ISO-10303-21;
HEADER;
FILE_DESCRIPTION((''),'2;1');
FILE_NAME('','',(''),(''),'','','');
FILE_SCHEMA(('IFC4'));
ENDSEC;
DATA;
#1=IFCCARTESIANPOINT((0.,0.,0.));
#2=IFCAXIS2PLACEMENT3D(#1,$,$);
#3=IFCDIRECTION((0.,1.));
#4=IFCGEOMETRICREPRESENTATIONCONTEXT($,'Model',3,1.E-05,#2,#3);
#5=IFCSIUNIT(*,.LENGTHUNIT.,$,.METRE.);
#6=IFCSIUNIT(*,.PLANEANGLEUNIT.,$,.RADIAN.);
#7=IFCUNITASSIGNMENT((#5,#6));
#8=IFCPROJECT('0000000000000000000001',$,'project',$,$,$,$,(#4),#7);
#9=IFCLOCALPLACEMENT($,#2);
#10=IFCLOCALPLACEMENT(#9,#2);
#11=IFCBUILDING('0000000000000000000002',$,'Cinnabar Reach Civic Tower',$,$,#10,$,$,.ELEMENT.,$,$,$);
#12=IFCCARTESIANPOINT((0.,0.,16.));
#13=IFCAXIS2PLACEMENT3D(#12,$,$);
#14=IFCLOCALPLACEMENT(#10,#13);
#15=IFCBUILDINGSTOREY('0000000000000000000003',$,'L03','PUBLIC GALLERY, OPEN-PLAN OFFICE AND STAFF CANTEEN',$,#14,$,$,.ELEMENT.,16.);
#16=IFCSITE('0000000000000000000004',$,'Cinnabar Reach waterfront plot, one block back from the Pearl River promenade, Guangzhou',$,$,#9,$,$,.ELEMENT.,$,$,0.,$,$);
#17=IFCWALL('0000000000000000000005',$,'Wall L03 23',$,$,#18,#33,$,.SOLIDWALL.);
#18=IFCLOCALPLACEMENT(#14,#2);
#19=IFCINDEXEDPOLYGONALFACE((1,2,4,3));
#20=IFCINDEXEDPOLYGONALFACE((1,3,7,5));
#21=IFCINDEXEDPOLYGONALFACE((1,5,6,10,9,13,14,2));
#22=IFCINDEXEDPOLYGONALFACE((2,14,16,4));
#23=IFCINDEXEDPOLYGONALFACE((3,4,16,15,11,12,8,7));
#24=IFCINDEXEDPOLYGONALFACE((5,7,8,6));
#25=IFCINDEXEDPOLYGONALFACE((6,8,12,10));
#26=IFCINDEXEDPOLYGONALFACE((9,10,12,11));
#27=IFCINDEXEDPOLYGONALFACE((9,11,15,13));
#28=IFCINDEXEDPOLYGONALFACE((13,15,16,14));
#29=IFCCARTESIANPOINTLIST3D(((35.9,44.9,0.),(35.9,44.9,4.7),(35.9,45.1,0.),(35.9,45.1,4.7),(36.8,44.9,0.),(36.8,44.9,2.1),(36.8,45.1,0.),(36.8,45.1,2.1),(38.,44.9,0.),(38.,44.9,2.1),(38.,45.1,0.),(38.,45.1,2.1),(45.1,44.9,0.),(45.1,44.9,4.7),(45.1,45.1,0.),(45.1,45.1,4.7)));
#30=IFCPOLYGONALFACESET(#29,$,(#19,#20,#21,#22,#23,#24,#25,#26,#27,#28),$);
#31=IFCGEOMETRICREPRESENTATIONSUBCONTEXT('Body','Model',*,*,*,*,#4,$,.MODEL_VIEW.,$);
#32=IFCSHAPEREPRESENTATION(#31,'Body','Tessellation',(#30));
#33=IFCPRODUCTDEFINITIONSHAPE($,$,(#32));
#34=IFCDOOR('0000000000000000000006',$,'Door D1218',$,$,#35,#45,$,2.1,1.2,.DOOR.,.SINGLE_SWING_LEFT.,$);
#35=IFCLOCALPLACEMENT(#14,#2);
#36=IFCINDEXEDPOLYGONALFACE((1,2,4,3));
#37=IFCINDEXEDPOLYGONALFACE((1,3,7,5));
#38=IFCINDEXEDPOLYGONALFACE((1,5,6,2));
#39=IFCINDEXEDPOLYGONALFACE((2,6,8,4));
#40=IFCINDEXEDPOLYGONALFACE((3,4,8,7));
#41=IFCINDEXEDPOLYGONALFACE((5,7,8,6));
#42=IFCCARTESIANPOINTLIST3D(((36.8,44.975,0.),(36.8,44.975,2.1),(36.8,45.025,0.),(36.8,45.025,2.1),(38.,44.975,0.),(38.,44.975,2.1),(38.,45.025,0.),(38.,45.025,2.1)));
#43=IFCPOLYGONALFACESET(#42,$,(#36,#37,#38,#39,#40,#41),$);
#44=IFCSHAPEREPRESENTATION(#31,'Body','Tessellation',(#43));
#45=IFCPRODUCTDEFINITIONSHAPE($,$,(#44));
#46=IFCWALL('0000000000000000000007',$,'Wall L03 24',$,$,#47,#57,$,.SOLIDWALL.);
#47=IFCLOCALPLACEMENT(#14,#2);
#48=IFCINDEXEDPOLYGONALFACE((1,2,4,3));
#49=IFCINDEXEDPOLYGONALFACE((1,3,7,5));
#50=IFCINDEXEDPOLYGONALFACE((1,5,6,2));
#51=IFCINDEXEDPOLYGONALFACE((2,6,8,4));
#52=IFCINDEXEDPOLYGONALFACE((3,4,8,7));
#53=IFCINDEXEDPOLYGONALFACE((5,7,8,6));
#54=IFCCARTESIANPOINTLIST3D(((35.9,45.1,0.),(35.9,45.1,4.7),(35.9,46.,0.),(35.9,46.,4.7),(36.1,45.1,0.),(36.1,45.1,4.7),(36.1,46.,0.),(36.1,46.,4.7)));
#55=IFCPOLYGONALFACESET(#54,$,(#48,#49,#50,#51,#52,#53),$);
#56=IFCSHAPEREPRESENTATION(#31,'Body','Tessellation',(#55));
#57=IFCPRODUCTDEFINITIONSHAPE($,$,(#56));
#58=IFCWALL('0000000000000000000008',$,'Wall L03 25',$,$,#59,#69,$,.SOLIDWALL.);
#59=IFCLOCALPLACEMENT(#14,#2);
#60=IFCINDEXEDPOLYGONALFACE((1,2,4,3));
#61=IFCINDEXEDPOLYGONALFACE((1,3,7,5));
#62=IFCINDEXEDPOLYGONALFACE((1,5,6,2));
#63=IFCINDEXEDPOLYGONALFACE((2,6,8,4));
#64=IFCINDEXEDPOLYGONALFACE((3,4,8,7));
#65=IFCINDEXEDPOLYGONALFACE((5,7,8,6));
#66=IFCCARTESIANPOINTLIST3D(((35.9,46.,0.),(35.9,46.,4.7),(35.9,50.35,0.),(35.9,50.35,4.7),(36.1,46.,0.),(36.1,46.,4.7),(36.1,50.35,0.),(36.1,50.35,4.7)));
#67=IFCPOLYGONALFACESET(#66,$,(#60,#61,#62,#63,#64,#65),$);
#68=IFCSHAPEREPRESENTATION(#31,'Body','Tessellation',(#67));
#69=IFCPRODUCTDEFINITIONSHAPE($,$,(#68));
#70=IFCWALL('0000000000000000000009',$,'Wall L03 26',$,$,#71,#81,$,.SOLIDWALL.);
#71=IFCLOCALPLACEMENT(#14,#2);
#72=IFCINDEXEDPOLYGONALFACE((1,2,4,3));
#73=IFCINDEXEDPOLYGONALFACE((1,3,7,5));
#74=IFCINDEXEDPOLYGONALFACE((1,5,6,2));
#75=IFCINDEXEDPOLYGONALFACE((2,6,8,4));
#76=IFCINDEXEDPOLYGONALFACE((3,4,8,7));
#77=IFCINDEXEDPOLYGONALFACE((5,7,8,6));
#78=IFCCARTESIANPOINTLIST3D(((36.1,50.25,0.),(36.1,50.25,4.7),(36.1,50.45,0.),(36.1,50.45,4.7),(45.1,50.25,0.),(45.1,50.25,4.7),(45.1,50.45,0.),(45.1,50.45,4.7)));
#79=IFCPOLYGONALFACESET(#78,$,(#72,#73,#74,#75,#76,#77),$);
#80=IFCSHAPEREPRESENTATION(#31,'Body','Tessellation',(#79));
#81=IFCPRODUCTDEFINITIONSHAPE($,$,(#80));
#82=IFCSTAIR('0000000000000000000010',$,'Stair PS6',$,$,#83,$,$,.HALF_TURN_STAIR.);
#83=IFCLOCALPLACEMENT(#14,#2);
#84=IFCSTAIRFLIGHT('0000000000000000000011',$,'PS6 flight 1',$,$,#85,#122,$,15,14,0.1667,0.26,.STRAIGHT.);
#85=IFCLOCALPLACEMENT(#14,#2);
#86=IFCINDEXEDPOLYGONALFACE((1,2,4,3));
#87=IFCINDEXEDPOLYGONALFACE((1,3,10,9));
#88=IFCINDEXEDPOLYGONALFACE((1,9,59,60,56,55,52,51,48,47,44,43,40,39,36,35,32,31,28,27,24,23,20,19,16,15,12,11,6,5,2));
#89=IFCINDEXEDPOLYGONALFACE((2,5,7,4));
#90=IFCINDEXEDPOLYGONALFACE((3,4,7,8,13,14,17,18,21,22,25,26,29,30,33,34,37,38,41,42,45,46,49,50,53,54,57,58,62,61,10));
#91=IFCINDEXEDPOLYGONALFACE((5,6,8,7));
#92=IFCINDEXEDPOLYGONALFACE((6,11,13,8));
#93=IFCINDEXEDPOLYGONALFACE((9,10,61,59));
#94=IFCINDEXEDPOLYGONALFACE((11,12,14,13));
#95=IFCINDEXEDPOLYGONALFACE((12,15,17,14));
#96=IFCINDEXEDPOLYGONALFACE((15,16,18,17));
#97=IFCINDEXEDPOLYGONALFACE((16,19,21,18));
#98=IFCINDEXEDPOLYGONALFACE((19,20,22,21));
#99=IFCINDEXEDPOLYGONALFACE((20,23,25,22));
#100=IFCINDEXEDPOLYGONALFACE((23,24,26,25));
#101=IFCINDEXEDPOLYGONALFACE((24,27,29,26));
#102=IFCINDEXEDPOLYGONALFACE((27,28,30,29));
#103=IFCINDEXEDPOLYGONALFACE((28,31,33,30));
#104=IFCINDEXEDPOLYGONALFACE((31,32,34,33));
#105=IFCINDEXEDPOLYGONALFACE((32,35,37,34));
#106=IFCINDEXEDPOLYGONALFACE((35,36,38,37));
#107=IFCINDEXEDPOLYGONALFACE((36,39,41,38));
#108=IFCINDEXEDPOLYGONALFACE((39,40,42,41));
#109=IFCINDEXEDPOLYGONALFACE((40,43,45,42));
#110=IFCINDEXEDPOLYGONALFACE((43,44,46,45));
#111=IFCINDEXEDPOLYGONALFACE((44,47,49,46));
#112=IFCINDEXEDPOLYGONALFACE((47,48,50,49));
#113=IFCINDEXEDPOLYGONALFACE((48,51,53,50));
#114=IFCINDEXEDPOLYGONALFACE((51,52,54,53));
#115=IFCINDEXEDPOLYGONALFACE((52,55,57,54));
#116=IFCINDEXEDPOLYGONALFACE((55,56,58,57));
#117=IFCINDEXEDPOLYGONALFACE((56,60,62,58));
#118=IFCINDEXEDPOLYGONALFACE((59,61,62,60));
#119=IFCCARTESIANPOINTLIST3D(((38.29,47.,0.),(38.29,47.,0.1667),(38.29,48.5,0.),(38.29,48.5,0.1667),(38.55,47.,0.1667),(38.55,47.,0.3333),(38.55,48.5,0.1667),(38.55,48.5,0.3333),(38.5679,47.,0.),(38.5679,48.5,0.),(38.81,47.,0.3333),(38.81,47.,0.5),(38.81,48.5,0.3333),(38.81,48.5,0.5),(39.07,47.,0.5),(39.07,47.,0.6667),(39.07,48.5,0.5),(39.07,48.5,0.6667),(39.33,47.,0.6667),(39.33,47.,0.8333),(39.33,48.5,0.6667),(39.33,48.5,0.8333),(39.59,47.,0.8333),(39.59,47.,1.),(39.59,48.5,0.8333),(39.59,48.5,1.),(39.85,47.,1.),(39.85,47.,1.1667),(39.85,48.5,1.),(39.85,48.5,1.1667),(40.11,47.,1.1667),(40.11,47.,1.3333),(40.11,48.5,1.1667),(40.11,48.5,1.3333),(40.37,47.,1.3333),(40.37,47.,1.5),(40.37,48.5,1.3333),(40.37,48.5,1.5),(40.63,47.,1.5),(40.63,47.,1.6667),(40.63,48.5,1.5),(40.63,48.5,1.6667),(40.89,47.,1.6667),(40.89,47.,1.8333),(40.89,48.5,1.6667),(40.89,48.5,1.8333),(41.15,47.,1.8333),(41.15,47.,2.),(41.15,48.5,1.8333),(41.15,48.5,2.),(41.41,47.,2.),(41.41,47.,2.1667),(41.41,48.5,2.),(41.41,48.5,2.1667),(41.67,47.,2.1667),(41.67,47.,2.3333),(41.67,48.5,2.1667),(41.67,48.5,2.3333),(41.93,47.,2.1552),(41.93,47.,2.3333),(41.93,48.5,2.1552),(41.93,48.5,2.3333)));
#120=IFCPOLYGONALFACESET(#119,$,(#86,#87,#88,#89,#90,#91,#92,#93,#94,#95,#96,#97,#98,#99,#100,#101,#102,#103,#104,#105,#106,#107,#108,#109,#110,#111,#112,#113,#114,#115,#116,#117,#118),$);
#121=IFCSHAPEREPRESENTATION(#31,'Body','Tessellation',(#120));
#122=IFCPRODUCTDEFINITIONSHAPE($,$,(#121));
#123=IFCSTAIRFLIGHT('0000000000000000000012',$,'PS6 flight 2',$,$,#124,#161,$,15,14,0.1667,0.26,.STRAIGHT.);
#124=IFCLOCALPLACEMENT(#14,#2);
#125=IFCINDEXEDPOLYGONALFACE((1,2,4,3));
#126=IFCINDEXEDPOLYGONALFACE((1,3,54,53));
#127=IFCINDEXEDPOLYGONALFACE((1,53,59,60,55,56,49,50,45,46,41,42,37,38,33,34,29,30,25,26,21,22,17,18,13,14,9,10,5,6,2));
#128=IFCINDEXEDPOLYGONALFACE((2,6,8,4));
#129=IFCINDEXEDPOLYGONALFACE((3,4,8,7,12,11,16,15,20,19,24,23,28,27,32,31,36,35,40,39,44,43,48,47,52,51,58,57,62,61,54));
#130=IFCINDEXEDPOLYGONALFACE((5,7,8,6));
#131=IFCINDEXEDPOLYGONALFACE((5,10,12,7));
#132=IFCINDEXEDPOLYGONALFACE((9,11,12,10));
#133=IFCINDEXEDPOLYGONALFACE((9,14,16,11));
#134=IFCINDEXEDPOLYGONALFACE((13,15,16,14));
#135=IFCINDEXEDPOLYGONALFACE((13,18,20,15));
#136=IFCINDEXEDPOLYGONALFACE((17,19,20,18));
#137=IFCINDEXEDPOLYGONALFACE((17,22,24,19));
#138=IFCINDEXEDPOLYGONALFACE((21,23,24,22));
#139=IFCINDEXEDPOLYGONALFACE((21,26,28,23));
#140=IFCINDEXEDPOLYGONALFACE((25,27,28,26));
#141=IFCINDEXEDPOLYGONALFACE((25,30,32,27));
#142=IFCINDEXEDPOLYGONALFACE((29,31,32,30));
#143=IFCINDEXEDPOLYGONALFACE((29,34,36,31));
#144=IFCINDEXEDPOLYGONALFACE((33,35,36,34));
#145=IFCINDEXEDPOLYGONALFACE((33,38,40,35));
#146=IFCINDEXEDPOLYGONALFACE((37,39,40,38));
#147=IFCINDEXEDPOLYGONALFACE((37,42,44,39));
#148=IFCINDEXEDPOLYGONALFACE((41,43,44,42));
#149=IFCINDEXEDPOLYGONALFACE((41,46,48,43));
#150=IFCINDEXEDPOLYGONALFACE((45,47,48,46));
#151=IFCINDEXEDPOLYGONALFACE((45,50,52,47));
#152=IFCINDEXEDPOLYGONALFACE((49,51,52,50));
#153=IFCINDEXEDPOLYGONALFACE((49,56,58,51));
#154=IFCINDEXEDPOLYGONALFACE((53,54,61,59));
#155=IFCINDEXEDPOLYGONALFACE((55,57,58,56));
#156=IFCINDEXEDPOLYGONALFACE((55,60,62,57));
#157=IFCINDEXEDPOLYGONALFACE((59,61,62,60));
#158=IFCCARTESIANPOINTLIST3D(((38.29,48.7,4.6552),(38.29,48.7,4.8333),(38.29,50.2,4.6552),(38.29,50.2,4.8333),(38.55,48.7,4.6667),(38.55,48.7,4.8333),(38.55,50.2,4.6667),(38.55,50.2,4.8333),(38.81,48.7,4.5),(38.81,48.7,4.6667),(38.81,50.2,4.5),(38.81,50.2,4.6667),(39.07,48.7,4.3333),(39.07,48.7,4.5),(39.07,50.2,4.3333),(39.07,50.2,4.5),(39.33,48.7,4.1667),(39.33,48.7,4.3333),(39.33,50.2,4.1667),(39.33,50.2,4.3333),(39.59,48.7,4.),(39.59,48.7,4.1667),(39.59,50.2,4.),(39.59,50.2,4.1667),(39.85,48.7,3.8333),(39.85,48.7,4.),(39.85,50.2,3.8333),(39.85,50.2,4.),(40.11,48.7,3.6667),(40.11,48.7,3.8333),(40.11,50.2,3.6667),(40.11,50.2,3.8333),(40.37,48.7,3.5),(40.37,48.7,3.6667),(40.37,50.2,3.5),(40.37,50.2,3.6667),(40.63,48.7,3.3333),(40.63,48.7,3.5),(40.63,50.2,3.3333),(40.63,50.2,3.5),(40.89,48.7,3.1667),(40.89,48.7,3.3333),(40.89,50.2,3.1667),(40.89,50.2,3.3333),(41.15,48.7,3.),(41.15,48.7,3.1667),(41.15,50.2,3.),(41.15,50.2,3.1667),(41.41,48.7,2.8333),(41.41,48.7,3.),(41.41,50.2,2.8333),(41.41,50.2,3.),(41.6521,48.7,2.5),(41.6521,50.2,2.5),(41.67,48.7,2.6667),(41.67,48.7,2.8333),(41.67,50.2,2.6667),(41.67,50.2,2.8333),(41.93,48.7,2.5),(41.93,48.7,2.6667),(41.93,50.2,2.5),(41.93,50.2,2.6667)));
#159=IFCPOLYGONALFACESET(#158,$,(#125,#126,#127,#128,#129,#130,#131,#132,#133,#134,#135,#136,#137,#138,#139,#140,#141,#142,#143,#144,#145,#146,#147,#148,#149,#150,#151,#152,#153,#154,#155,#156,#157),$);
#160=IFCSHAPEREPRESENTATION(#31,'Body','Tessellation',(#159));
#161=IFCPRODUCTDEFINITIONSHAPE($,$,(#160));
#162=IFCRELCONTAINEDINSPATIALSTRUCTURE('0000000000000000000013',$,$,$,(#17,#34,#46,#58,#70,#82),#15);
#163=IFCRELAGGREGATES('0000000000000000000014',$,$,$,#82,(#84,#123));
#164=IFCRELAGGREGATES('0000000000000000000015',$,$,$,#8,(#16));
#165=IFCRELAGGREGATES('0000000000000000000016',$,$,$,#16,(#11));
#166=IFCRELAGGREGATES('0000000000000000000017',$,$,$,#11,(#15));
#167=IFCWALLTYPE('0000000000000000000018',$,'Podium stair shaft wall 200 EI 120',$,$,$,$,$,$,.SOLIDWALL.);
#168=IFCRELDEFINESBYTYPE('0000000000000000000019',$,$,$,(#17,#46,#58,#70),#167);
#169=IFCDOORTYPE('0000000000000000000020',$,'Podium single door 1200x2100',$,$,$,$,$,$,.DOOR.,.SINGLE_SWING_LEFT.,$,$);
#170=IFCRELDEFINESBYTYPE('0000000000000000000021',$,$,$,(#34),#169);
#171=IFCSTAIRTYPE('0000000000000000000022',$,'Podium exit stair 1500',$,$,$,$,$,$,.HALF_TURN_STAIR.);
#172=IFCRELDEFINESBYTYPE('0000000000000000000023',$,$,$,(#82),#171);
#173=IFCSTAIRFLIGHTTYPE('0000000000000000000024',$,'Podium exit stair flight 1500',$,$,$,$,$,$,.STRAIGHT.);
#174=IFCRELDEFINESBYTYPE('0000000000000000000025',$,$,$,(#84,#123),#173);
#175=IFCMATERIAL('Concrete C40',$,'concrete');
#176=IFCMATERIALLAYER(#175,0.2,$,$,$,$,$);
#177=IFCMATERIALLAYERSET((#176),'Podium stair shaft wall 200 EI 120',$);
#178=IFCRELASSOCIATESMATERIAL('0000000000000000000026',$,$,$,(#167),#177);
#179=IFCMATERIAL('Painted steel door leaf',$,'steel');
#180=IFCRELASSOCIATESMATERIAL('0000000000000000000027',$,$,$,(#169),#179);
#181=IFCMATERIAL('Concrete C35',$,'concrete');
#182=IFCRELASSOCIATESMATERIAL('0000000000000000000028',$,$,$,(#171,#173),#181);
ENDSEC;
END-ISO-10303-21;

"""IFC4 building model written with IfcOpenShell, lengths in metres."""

from ifc_helpers import new_model, si_unit, direction, frame, frame_2d, origin, place, context, subcontext, project, spatial, polyline, rectangle, outline, extrude, material, layer, layer_set, type_object, element, fill, aggregate, save


model = new_model("IFC4")

# Units and contexts
model_context = context("Model", 3, precision=1e-05, world=origin(), true_north=direction((0.0, 1.0)))
body_context = subcontext(model_context, "Body", "Model", "MODEL_VIEW")
ifc_project = project(units=[si_unit("LENGTHUNIT", "METRE"), si_unit("PLANEANGLEUNIT", "RADIAN")], contexts=[model_context])

# Site, building, storey
site_placement = place(None, origin())
site = spatial("IfcSite", under=ifc_project, at=site_placement, Name="Cinnabar Reach waterfront plot, one block back from the Pearl River promenade, Guangzhou", CompositionType="ELEMENT", RefElevation=0.0)
building_placement = place(site_placement, origin())
building = spatial("IfcBuilding", under=site, at=building_placement, Name="Cinnabar Reach Civic Tower", CompositionType="ELEMENT")
storey_placement = place(building_placement, frame((0.0, 0.0, 16.0)))
storey = spatial("IfcBuildingStorey", under=building, at=storey_placement, Name="L03", Description="PUBLIC GALLERY, OPEN-PLAN OFFICE AND STAFF CANTEEN", CompositionType="ELEMENT", Elevation=16.0)

# Shared definitions
ifc_material_1 = material(Name="Painted steel door leaf", Category="steel")

# Wall, opening, door
ifc_material_2 = material(Name="Concrete C40", Category="concrete")
ifc_layer_1 = layer(ifc_material_2, 0.2)
ifc_layer_set_1 = layer_set([ifc_layer_1], Name="Podium stair shaft wall 200 EI 120")
wall_type_1 = type_object("IfcWallType", Name="Podium stair shaft wall 200 EI 120", PredefinedType="SOLIDWALL", material=ifc_layer_set_1)
wall_1_placement = place(storey_placement, frame((35.9, 45.0, 0.0), z_axis=(0.0, 0.0, 1.0), x_axis=(1.0, 0.0, 0.0)))
wall_1 = element("IfcWall", 1, at=wall_1_placement, inside=storey, type_object=wall_type_1, Name="Wall L03 23", PredefinedType="SOLIDWALL", context=body_context, shape_type="SweptSolid", body=[
    extrude(rectangle(XDim=9.2, YDim=0.2, at=frame_2d((4.6, 0.0))), origin(), (0.0, 0.0, 1.0), 4.7),
])
opening_1_placement = place(wall_1_placement, frame((0.9, 0.0, 0.0)))
opening_1 = element("IfcOpeningElement", 2, at=opening_1_placement, cuts=wall_1, PredefinedType="OPENING", context=body_context, shape_type="SweptSolid", body=[
    extrude(rectangle(XDim=1.2, YDim=2.1, at=frame_2d((0.6, 1.05))), frame((0.0, 0.11, 0.0), z_axis=(0.0, -1.0, 0.0), x_axis=(1.0, 0.0, 0.0)), (0.0, 0.0, 1.0), 0.22),
])
door_type_1 = type_object("IfcDoorType", Name="Podium single door 1200x2100", OperationType="SINGLE_SWING_LEFT", PredefinedType="DOOR", material=ifc_material_1)
door_1_placement = place(opening_1_placement, origin())
door_1 = element("IfcDoor", 3, at=door_1_placement, inside=storey, type_object=door_type_1, Name="Door D1218", OperationType="SINGLE_SWING_LEFT", OverallHeight=2.1, OverallWidth=1.2, PredefinedType="DOOR", context=body_context, shape_type="SweptSolid", body=[
    extrude(rectangle(XDim=1.2, YDim=2.1, at=frame_2d((0.6, 1.05))), frame((0.0, 0.025, 0.0), z_axis=(0.0, -1.0, 0.0), x_axis=(1.0, 0.0, 0.0)), (0.0, 0.0, 1.0), 0.05),
])
fill(opening_1, door_1)

# Walls
wall_2_placement = place(storey_placement, frame((36.0, 45.1, 0.0), z_axis=(0.0, 0.0, 1.0), x_axis=(0.0, 1.0, 0.0)))
element("IfcWall", 4, at=wall_2_placement, inside=storey, type_object=wall_type_1, Name="Wall L03 24", PredefinedType="SOLIDWALL", context=body_context, shape_type="SweptSolid", body=[
    extrude(rectangle(XDim=0.9, YDim=0.2, at=frame_2d((0.45, 0.0))), origin(), (0.0, 0.0, 1.0), 4.7),
])
wall_3_placement = place(storey_placement, frame((36.0, 46.0, 0.0), z_axis=(0.0, 0.0, 1.0), x_axis=(0.0, 1.0, 0.0)))
element("IfcWall", 5, at=wall_3_placement, inside=storey, type_object=wall_type_1, Name="Wall L03 25", PredefinedType="SOLIDWALL", context=body_context, shape_type="SweptSolid", body=[
    extrude(rectangle(XDim=4.35, YDim=0.2, at=frame_2d((2.175, 0.0))), origin(), (0.0, 0.0, 1.0), 4.7),
])
wall_4_placement = place(storey_placement, frame((36.1, 50.35, 0.0), z_axis=(0.0, 0.0, 1.0), x_axis=(1.0, 0.0, 0.0)))
element("IfcWall", 6, at=wall_4_placement, inside=storey, type_object=wall_type_1, Name="Wall L03 26", PredefinedType="SOLIDWALL", context=body_context, shape_type="SweptSolid", body=[
    extrude(rectangle(XDim=9.0, YDim=0.2, at=frame_2d((4.5, 0.0))), origin(), (0.0, 0.0, 1.0), 4.7),
])

# Stair, stair flights
ifc_material_3 = material(Name="Concrete C35", Category="concrete")
stair_type = type_object("IfcStairType", Name="Podium exit stair 1500", PredefinedType="HALF_TURN_STAIR", material=ifc_material_3)
stair_placement = place(storey_placement, origin())
stair = element("IfcStair", 7, at=stair_placement, inside=storey, type_object=stair_type, Name="Stair PS6", PredefinedType="HALF_TURN_STAIR")
stair_flight_type = type_object("IfcStairFlightType", Name="Podium exit stair flight 1500", PredefinedType="STRAIGHT", material=ifc_material_3)
stair_flight_1_placement = place(storey_placement, frame((38.29, 47.75, 0.0), z_axis=(0.0, 0.0, 1.0), x_axis=(1.0, 0.0, 0.0)))
stair_flight_1 = element("IfcStairFlight", 8, at=stair_flight_1_placement, type_object=stair_flight_type, Name="PS6 flight 1", NumberOfRisers=15, NumberOfTreads=14, PredefinedType="STRAIGHT", RiserHeight=0.1667, TreadLength=0.26, context=body_context, shape_type="SweptSolid", body=[
    extrude(outline(polyline([(0.0, 0.0), (0.0, 0.1667), (0.26, 0.1667), (0.26, 0.3333), (0.52, 0.3333), (0.52, 0.5), (0.78, 0.5), (0.78, 0.6667), (1.04, 0.6667), (1.04, 0.8333), (1.3, 0.8333), (1.3, 1.0), (1.56, 1.0), (1.56, 1.1667), (1.82, 1.1667), (1.82, 1.3333), (2.08, 1.3333), (2.08, 1.5), (2.34, 1.5), (2.34, 1.6667), (2.6, 1.6667), (2.6, 1.8333), (2.86, 1.8333), (2.86, 2.0), (3.12, 2.0), (3.12, 2.1667), (3.38, 2.1667), (3.38, 2.3333), (3.64, 2.3333), (3.64, 2.5), (3.64, 2.1552), (0.2779, 0.0), (0.0, 0.0)])), frame((0.0, 0.75, 0.0), z_axis=(0.0, -1.0, 0.0), x_axis=(1.0, 0.0, 0.0)), (0.0, 0.0, 1.0), 1.5),
])
stair_flight_2_placement = place(storey_placement, frame((41.93, 49.45, 2.5), z_axis=(0.0, 0.0, 1.0), x_axis=(-1.0, 0.0, 0.0)))
stair_flight_2 = element("IfcStairFlight", 9, at=stair_flight_2_placement, type_object=stair_flight_type, Name="PS6 flight 2", NumberOfRisers=15, NumberOfTreads=14, PredefinedType="STRAIGHT", RiserHeight=0.1667, TreadLength=0.26, context=body_context, shape_type="SweptSolid", body=[
    extrude(outline(polyline([(0.0, 0.0), (0.0, 0.1667), (0.26, 0.1667), (0.26, 0.3333), (0.52, 0.3333), (0.52, 0.5), (0.78, 0.5), (0.78, 0.6667), (1.04, 0.6667), (1.04, 0.8333), (1.3, 0.8333), (1.3, 1.0), (1.56, 1.0), (1.56, 1.1667), (1.82, 1.1667), (1.82, 1.3333), (2.08, 1.3333), (2.08, 1.5), (2.34, 1.5), (2.34, 1.6667), (2.6, 1.6667), (2.6, 1.8333), (2.86, 1.8333), (2.86, 2.0), (3.12, 2.0), (3.12, 2.1667), (3.38, 2.1667), (3.38, 2.3333), (3.64, 2.3333), (3.64, 2.5), (3.64, 2.1552), (0.2779, 0.0), (0.0, 0.0)])), frame((0.0, 0.75, 0.0), z_axis=(0.0, -1.0, 0.0), x_axis=(1.0, 0.0, 0.0)), (0.0, 0.0, 1.0), 1.5),
])
aggregate(stair, [stair_flight_1, stair_flight_2])

save(model, "model.ifc")
